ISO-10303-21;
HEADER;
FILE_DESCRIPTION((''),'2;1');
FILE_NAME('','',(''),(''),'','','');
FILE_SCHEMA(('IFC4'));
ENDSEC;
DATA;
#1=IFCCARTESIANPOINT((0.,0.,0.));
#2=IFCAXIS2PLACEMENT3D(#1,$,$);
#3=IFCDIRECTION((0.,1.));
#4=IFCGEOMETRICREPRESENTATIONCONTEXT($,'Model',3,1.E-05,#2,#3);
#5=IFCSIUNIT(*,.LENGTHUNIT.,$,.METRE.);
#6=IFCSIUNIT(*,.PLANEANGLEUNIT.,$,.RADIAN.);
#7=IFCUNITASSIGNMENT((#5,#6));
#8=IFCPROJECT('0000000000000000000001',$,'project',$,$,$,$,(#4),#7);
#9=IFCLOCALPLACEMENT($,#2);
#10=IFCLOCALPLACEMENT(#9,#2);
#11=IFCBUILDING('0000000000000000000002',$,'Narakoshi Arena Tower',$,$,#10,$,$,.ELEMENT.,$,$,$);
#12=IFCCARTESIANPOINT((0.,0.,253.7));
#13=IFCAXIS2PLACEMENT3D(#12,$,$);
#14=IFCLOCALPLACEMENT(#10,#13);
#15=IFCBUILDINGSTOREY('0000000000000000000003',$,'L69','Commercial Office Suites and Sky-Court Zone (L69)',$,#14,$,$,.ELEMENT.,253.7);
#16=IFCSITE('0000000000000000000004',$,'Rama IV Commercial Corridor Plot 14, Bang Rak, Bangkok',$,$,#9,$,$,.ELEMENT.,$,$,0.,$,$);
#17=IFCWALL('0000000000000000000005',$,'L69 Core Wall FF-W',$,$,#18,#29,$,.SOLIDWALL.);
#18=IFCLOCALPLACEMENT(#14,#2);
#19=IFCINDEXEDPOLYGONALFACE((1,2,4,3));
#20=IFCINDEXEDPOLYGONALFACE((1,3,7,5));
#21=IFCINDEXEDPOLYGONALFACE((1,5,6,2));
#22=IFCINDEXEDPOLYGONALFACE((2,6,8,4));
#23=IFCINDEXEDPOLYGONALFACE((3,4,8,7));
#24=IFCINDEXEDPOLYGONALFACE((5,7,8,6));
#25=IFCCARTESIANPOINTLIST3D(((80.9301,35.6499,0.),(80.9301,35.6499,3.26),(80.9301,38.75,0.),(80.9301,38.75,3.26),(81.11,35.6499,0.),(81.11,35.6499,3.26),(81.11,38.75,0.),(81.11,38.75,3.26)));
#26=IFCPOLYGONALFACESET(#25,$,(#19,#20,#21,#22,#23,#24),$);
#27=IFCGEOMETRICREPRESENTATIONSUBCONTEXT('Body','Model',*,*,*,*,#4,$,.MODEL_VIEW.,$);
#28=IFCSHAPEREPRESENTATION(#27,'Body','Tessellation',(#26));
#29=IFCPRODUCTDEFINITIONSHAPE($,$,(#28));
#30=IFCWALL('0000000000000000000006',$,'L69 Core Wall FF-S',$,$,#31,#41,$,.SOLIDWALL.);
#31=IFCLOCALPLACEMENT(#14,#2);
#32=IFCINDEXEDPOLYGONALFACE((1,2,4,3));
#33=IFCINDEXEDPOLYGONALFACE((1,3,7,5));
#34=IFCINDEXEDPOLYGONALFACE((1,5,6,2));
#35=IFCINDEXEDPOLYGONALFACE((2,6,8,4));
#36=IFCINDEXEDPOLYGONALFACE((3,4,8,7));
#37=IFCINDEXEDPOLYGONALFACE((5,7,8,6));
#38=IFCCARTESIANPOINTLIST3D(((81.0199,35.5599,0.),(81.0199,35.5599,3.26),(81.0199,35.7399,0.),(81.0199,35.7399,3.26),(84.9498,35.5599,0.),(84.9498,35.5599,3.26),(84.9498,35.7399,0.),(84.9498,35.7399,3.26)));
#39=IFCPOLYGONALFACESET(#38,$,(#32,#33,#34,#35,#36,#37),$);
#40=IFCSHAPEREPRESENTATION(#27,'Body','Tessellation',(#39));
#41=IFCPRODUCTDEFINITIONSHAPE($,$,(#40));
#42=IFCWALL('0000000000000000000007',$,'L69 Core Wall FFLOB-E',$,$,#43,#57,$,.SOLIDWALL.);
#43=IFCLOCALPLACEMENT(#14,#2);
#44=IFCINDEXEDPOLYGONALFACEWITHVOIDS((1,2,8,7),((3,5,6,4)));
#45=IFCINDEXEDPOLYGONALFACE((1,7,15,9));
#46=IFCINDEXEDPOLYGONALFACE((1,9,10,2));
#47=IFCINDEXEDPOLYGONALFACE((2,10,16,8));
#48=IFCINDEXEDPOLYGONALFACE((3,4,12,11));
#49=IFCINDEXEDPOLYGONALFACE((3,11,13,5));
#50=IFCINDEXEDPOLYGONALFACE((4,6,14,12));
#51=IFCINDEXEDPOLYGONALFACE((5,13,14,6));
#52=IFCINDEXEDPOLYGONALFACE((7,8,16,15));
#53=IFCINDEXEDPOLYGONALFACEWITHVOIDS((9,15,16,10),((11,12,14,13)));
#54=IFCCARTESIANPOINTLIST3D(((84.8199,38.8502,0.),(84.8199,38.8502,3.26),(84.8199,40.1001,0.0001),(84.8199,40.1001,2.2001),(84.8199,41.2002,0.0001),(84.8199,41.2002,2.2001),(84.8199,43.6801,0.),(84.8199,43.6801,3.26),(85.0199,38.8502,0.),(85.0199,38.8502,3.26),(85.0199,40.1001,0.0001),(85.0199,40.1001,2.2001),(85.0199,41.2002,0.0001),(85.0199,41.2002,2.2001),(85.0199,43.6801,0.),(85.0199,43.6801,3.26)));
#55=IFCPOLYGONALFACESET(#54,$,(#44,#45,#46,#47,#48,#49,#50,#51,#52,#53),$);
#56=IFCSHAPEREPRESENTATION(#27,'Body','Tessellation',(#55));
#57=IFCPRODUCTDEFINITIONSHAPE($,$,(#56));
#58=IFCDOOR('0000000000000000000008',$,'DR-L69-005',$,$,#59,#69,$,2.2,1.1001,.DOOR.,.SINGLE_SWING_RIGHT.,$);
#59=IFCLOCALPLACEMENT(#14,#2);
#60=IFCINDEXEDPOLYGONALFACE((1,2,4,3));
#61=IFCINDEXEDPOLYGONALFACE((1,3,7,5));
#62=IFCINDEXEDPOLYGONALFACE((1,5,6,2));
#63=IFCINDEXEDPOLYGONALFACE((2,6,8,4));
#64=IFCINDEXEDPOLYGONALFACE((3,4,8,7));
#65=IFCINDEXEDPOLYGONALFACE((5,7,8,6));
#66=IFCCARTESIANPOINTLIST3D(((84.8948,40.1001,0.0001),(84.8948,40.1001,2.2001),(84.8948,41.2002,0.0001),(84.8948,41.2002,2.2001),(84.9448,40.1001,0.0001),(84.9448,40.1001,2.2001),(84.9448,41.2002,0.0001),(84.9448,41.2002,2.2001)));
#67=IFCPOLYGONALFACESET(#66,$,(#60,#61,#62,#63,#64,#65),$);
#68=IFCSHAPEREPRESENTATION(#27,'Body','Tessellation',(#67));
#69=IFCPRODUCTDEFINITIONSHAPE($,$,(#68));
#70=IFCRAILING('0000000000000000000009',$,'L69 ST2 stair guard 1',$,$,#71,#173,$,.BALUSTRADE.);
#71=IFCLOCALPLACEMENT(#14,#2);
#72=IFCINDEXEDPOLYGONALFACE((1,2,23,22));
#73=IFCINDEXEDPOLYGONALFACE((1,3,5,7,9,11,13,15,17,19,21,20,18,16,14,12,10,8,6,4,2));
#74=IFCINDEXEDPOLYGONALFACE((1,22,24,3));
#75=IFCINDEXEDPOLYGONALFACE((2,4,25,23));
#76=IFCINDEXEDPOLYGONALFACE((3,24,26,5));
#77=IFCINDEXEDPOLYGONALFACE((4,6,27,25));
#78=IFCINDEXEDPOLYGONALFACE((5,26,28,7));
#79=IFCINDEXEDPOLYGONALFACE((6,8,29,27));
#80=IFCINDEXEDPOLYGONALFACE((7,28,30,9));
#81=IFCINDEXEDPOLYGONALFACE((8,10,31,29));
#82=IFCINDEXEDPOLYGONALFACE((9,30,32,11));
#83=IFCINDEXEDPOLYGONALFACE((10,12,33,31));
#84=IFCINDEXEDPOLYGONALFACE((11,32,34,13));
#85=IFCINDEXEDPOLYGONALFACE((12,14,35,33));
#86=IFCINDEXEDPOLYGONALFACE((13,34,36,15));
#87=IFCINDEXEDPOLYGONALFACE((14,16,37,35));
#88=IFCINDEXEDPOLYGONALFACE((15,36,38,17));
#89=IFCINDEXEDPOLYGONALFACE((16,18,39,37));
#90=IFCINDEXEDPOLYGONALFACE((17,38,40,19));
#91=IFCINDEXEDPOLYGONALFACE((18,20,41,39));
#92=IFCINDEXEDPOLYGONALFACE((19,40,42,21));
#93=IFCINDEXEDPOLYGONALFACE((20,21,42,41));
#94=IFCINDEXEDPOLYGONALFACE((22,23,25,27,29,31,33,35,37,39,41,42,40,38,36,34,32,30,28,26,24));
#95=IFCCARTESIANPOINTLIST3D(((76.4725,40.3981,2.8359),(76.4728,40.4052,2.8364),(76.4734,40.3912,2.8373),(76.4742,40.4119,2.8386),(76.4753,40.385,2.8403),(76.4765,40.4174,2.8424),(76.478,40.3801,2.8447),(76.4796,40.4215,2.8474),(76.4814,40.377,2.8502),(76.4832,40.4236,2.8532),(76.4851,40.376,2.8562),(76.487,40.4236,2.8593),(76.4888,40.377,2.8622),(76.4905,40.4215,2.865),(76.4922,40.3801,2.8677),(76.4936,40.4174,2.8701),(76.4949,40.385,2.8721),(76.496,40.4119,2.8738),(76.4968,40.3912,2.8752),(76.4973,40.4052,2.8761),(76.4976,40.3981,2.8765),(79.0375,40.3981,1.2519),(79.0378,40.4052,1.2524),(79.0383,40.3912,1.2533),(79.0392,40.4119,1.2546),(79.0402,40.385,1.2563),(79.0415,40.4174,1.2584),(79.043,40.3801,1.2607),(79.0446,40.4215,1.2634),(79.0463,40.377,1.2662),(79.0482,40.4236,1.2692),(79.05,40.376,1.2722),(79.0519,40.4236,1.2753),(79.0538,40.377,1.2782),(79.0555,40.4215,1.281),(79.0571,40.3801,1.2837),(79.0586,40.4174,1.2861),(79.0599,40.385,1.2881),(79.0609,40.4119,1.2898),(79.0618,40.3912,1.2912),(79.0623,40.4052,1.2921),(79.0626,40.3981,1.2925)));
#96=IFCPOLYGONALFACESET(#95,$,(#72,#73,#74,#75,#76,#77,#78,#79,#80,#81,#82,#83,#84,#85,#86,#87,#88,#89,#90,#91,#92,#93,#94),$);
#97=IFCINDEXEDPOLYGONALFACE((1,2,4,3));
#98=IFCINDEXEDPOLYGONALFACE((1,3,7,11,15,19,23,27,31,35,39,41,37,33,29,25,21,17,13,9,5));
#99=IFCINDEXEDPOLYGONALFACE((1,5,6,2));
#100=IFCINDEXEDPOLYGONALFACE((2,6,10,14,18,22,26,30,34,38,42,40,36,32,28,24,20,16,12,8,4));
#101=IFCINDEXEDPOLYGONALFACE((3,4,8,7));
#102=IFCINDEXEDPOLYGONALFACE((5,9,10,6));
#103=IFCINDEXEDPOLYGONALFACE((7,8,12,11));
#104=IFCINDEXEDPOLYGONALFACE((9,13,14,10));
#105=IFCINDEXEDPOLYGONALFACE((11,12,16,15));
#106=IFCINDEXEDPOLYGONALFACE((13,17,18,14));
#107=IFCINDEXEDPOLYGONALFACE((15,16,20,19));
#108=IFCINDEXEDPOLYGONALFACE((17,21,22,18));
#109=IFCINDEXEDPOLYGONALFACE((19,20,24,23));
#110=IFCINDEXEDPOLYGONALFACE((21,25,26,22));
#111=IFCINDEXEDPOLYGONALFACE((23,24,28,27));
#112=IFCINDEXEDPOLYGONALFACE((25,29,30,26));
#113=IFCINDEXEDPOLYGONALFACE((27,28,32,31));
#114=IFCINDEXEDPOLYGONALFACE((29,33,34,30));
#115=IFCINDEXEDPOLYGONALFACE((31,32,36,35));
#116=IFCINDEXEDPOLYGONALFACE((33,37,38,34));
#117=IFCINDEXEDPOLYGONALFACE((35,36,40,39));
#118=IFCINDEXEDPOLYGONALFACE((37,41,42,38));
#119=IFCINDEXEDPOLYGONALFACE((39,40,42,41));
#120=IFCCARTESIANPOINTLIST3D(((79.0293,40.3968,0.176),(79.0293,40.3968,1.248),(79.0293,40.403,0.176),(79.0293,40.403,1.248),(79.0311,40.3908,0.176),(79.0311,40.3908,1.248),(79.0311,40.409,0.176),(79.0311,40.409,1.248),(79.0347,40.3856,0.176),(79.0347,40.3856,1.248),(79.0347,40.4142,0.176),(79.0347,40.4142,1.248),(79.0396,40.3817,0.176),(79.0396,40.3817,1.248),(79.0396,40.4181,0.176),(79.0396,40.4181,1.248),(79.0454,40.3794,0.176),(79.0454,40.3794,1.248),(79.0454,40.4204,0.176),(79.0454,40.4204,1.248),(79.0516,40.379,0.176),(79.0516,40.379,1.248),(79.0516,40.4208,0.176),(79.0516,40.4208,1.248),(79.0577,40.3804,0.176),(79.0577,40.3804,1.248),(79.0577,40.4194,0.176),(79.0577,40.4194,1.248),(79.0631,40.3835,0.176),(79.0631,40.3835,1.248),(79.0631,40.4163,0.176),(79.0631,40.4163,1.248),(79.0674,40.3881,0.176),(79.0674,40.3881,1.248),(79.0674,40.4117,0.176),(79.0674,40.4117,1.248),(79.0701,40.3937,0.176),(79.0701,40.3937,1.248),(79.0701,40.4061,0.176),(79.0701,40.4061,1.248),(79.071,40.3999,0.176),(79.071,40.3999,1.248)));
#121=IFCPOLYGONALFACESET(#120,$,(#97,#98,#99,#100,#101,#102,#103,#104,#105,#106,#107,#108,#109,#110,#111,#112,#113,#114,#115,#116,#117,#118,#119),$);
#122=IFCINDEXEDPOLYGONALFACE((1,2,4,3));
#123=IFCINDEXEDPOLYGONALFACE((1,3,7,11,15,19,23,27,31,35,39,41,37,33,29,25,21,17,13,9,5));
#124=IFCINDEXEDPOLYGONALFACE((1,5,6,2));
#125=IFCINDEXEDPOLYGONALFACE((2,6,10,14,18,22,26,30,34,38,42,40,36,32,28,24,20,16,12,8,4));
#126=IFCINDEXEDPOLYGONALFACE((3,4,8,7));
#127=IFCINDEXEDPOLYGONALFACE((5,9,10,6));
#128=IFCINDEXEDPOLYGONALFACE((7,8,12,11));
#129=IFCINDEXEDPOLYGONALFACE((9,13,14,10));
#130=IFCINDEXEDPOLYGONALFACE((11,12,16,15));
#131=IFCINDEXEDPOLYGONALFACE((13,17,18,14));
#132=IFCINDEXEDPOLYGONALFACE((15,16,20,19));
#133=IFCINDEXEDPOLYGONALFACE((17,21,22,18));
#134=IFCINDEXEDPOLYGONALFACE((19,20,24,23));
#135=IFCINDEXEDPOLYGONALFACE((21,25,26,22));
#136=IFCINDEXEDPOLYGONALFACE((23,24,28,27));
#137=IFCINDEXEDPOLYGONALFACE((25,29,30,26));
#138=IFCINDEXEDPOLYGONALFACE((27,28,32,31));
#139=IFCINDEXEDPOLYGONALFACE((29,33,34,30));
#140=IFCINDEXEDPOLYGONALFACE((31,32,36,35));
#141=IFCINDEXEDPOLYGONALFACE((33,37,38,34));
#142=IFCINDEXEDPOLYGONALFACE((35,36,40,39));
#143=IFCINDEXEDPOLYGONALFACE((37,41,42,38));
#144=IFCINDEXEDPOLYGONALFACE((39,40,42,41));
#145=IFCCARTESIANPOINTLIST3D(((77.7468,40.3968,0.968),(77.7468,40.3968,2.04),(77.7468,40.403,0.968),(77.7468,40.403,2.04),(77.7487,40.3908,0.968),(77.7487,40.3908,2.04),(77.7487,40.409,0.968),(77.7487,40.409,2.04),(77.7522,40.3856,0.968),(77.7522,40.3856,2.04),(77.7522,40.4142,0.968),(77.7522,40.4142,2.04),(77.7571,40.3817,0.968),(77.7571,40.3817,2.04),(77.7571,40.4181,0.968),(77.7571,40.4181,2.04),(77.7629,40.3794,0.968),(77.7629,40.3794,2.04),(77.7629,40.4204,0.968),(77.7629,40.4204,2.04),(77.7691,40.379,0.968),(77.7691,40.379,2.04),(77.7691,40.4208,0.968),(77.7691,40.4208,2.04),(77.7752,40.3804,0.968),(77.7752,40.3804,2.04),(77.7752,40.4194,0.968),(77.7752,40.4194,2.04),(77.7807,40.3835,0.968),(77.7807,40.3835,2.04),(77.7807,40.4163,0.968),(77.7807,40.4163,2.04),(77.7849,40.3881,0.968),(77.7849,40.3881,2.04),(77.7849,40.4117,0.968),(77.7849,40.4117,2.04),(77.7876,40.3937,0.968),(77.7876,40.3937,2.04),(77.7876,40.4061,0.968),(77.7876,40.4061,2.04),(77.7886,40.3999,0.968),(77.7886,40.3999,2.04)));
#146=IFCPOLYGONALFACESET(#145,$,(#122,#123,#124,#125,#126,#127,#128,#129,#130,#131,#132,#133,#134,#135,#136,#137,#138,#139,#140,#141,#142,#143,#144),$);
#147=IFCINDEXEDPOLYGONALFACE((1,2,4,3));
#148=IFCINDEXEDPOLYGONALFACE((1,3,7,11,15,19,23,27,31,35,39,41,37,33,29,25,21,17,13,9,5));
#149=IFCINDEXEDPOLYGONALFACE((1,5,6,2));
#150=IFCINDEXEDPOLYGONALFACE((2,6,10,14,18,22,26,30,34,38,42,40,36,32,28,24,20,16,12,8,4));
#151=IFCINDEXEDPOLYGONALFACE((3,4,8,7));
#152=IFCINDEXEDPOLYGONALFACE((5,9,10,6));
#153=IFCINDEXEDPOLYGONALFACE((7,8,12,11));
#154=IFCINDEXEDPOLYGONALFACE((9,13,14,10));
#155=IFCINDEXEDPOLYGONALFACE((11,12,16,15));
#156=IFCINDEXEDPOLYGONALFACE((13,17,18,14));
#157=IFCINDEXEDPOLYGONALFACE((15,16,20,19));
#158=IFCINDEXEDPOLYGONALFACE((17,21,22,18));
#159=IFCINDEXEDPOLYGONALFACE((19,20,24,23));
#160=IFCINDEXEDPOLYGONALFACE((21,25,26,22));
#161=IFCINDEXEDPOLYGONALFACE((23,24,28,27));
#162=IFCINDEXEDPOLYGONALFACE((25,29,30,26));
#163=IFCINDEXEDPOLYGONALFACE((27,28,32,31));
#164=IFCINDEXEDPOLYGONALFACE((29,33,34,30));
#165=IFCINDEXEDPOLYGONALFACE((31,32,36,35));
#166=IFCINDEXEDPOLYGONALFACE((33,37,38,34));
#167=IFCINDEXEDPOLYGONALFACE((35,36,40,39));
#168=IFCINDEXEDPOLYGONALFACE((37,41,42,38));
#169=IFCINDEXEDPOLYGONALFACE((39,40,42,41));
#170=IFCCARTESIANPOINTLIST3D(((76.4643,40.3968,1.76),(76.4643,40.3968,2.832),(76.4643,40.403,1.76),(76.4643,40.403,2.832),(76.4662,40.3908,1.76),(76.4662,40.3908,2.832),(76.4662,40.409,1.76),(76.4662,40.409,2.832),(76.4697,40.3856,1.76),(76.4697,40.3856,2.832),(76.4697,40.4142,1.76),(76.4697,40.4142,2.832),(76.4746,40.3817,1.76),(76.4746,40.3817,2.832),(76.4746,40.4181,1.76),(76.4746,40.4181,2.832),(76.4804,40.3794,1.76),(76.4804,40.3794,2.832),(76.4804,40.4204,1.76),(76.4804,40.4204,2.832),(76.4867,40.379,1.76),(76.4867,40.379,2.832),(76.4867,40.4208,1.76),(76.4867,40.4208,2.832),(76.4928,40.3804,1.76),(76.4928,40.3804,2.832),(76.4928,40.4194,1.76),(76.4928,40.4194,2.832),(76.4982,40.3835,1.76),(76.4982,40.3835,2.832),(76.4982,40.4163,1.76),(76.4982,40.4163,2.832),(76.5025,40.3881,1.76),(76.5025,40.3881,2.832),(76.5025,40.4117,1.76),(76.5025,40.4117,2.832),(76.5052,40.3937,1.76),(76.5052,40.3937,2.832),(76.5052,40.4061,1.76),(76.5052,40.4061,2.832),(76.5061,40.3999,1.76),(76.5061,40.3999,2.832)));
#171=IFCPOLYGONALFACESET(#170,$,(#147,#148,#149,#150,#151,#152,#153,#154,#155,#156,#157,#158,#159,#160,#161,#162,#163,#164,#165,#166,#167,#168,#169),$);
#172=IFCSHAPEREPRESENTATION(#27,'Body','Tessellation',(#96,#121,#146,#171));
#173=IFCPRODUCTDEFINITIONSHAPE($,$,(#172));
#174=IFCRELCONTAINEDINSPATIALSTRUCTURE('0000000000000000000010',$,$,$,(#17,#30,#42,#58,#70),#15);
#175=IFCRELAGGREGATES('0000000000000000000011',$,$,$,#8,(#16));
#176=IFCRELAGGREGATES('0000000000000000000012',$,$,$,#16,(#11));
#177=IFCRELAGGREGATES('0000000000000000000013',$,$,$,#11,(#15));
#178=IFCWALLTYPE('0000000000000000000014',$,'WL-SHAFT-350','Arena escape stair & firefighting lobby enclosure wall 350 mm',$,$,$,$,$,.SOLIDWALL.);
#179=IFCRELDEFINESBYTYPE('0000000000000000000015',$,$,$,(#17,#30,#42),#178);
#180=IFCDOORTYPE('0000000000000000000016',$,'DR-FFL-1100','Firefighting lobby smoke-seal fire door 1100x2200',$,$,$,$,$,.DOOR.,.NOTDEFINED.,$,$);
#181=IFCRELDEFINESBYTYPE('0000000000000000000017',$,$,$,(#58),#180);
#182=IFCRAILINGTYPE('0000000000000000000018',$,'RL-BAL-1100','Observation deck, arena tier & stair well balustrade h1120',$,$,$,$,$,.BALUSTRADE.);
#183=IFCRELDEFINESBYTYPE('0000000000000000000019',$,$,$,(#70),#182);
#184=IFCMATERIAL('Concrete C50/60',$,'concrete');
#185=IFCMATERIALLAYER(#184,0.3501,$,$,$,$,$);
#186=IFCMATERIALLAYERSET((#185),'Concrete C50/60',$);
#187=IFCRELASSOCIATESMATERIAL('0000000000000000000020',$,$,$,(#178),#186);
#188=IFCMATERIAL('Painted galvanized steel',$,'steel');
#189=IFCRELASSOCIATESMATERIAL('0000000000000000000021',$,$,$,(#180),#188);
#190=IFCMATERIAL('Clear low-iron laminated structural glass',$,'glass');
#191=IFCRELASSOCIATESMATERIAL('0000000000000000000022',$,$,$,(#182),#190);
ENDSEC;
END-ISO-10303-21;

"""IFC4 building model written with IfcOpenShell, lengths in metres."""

from ifc_helpers import new_model, si_unit, direction, frame, frame_2d, origin, origin_2d, place, context, subcontext, project, spatial, rectangle, circle, extrude, material, layer, layer_set, type_object, element, fill, save


model = new_model("IFC4")

# Units and contexts
model_context = context("Model", 3, precision=1e-05, world=origin(), true_north=direction((0.0, 1.0)))
body_context = subcontext(model_context, "Body", "Model", "MODEL_VIEW")
ifc_project = project(units=[si_unit("LENGTHUNIT", "METRE"), si_unit("PLANEANGLEUNIT", "RADIAN")], contexts=[model_context])

# Site, building, storey
site_placement = place(None, origin())
site = spatial("IfcSite", under=ifc_project, at=site_placement, Name="Rama IV Commercial Corridor Plot 14, Bang Rak, Bangkok", CompositionType="ELEMENT", RefElevation=0.0)
building_placement = place(site_placement, origin())
building = spatial("IfcBuilding", under=site, at=building_placement, Name="Narakoshi Arena Tower", CompositionType="ELEMENT")
storey_placement = place(building_placement, frame((0.0, 0.0, 253.7)))
storey = spatial("IfcBuildingStorey", under=building, at=storey_placement, Name="L69", Description="Commercial Office Suites and Sky-Court Zone (L69)", CompositionType="ELEMENT", Elevation=253.7)

# Shared definitions
ifc_material_1 = material(Name="Concrete C50/60", Category="concrete")
ifc_layer_1 = layer(ifc_material_1, 0.3501)
ifc_layer_set_1 = layer_set([ifc_layer_1], Name="Concrete C50/60")
wall_type_1 = type_object("IfcWallType", Name="WL-SHAFT-350", Description="Arena escape stair & firefighting lobby enclosure wall 350 mm", PredefinedType="SOLIDWALL", material=ifc_layer_set_1)

# Shared definitions
ifc_material_2 = material(Name="Painted galvanized steel", Category="steel")

# Walls
for number, where, z_axis, x_axis, name in (
    (1, (81.02, 35.6499, 0.0), (0.0, 0.0, 1.0), (0.0, 1.0, 0.0), "L69 Core Wall FF-W"),
):
    element("IfcWall", number, at=place(storey_placement, frame(where, z_axis=z_axis, x_axis=x_axis)), inside=storey, type_object=wall_type_1, Name=name, PredefinedType="SOLIDWALL", context=body_context, shape_type="SweptSolid", body=[
        extrude(rectangle(XDim=3.1001, YDim=0.1799, at=frame_2d((1.55, 0.0))), origin(), (0.0, 0.0, 1.0), 3.26),
    ])
wall_1_placement = place(storey_placement, frame((81.02, 35.6499, 0.0), z_axis=(0.0, 0.0, 1.0), x_axis=(1.0, 0.0, 0.0)))
element("IfcWall", 2, at=wall_1_placement, inside=storey, type_object=wall_type_1, Name="L69 Core Wall FF-S", PredefinedType="SOLIDWALL", context=body_context, shape_type="SweptSolid", body=[
    extrude(rectangle(XDim=3.9299, YDim=0.1799, at=frame_2d((1.9648, 0.0))), origin(), (0.0, 0.0, 1.0), 3.26),
])

# Wall, opening, door
wall_2_placement = place(storey_placement, frame((84.9199, 38.8501, 0.0), z_axis=(0.0, 0.0, 1.0), x_axis=(0.0, 1.0, 0.0)))
wall_2 = element("IfcWall", 3, at=wall_2_placement, inside=storey, type_object=wall_type_1, Name="L69 Core Wall FFLOB-E", PredefinedType="SOLIDWALL", context=body_context, shape_type="SweptSolid", body=[
    extrude(rectangle(XDim=4.8298, YDim=0.2, at=frame_2d((2.415, 0.0))), origin(), (0.0, 0.0, 1.0), 3.26),
])
opening_1_placement = place(wall_2_placement, frame((1.25, 0.0, 0.0)))
opening_1 = element("IfcOpeningElement", 4, at=opening_1_placement, cuts=wall_2, PredefinedType="OPENING", context=body_context, shape_type="SweptSolid", body=[
    extrude(rectangle(XDim=1.1001, YDim=2.2, at=frame_2d((0.55, 1.1001))), frame((0.0, 0.1099, 0.0), z_axis=(0.0, -1.0, 0.0), x_axis=(1.0, 0.0, 0.0)), (0.0, 0.0, 1.0), 0.22),
])
door_type_1 = type_object("IfcDoorType", Name="DR-FFL-1100", Description="Firefighting lobby smoke-seal fire door 1100x2200", OperationType="NOTDEFINED", PredefinedType="DOOR", material=ifc_material_2)
door_1_placement = place(opening_1_placement, frame((1.1001, 0.0, 0.0), z_axis=(0.0, 0.0, 1.0), x_axis=(-1.0, 0.0, 0.0)))
door_1 = element("IfcDoor", 5, at=door_1_placement, inside=storey, type_object=door_type_1, Name="DR-L69-005", OperationType="SINGLE_SWING_RIGHT", OverallHeight=2.2, OverallWidth=1.1001, PredefinedType="DOOR", context=body_context, shape_type="SweptSolid", body=[
    extrude(rectangle(XDim=1.1001, YDim=2.2, at=frame_2d((0.55, 1.1001))), frame((0.0, 0.0249, 0.0), z_axis=(0.0, -1.0, 0.0), x_axis=(1.0, 0.0, 0.0)), (0.0, 0.0, 1.0), 0.05),
])
fill(opening_1, door_1)

# Railing
ifc_material_3 = material(Name="Clear low-iron laminated structural glass", Category="glass")
railing_type = type_object("IfcRailingType", Name="RL-BAL-1100", Description="Observation deck, arena tier & stair well balustrade h1120", PredefinedType="BALUSTRADE", material=ifc_material_3)
railing_1_placement = place(storey_placement, frame((79.05, 40.3999, 0.176)))
element("IfcRailing", 6, at=railing_1_placement, inside=storey, type_object=railing_type, Name="L69 ST2 stair guard 1", PredefinedType="BALUSTRADE", context=body_context, shape_type="SweptSolid", body=[
    extrude(circle(Radius=0.0239, at=origin_2d()), frame((0.0, 0.0, 1.0962), z_axis=(-0.850834, 0.0, 0.525434), x_axis=(0.0, -1.0, 0.0)), (0.0, 0.0, 1.0), 3.0146),
    extrude(circle(Radius=0.021, at=origin_2d()), origin(), (0.0, 0.0, 1.0), 1.072),
    extrude(circle(Radius=0.021, at=origin_2d()), frame((-1.2825, 0.0, 0.792)), (0.0, 0.0, 1.0), 1.072),
    extrude(circle(Radius=0.021, at=origin_2d()), frame((-2.5649, 0.0, 1.584)), (0.0, 0.0, 1.0), 1.072),
])

save(model, "model.ifc")
